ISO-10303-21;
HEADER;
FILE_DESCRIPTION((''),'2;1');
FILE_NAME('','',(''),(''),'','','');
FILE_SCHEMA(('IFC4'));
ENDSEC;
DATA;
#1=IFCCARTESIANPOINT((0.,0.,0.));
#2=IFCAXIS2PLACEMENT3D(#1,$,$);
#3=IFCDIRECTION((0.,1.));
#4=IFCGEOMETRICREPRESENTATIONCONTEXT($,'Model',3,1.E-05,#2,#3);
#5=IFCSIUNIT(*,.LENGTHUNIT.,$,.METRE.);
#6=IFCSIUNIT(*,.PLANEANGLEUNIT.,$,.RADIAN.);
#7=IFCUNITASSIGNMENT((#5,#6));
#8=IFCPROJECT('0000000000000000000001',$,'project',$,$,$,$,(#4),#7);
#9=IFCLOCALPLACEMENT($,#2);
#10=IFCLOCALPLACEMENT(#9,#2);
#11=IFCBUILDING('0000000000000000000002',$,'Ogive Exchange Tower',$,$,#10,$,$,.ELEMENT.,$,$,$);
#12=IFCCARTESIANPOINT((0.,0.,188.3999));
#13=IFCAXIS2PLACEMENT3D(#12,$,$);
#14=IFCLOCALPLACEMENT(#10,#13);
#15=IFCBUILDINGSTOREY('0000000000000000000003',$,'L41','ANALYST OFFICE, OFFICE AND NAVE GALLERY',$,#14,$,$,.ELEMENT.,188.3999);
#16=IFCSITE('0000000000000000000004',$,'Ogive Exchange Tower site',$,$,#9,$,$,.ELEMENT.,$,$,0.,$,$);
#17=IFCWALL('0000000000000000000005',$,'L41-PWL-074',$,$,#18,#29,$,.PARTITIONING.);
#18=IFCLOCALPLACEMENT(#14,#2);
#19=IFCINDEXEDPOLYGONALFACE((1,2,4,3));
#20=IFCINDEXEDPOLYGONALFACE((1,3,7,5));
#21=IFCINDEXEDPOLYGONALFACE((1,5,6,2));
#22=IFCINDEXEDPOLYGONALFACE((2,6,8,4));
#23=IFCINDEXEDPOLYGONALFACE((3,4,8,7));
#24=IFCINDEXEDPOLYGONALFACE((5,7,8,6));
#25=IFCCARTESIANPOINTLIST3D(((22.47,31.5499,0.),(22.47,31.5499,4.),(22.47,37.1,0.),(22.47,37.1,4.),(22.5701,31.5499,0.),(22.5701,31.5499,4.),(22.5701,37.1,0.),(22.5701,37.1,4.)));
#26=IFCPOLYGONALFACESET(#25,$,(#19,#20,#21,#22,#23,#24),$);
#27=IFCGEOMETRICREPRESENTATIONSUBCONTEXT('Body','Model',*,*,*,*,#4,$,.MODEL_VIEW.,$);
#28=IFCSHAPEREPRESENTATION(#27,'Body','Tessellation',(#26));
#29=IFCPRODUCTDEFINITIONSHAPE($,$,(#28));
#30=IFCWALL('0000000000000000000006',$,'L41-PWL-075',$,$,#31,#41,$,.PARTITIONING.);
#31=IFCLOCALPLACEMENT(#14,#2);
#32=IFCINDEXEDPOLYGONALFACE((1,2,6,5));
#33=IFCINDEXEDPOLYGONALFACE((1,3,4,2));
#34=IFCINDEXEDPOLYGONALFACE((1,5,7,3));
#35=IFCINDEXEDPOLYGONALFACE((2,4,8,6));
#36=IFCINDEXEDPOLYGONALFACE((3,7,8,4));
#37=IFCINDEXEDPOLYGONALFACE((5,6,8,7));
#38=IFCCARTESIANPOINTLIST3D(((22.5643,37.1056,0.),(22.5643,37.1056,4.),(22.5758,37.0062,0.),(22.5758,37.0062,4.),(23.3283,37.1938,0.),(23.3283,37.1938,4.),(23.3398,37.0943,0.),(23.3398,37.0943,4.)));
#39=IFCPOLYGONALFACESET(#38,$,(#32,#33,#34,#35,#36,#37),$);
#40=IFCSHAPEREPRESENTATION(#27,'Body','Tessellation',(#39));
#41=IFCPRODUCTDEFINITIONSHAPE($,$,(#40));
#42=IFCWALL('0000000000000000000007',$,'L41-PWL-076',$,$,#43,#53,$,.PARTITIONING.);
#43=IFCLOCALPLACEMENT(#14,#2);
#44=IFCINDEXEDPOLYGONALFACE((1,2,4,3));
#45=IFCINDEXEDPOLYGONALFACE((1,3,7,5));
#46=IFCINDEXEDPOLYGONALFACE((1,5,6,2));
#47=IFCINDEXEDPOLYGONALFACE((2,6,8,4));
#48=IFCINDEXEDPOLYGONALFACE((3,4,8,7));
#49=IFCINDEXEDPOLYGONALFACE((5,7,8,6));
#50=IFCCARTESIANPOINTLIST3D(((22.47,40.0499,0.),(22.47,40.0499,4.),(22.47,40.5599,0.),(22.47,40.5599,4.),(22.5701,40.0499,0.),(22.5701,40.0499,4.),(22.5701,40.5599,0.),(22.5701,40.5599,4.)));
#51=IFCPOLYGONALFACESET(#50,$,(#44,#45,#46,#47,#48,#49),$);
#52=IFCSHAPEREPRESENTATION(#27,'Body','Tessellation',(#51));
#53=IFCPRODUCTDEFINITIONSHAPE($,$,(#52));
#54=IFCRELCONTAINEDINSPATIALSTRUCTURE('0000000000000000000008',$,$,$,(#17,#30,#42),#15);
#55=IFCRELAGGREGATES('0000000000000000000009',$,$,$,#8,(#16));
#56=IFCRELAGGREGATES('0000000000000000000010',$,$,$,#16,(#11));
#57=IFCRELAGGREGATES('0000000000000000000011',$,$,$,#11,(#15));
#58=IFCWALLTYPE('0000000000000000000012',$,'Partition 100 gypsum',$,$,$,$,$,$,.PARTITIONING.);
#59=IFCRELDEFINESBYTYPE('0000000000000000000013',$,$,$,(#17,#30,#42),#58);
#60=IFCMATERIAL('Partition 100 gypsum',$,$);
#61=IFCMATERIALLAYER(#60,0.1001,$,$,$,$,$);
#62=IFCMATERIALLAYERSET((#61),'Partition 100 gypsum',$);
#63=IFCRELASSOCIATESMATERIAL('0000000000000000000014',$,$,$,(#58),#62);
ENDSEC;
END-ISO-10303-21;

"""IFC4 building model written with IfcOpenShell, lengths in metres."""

from ifc_helpers import new_model, si_unit, direction, frame, frame_2d, origin, place, context, subcontext, project, spatial, rectangle, extrude, material, layer, layer_set, type_object, element, save


model = new_model("IFC4")

# Units and contexts
model_context = context("Model", 3, precision=1e-05, world=origin(), true_north=direction((0.0, 1.0)))
body_context = subcontext(model_context, "Body", "Model", "MODEL_VIEW")
ifc_project = project(units=[si_unit("LENGTHUNIT", "METRE"), si_unit("PLANEANGLEUNIT", "RADIAN")], contexts=[model_context])

# Site, building, storey
site_placement = place(None, origin())
site = spatial("IfcSite", under=ifc_project, at=site_placement, Name="Ogive Exchange Tower site", CompositionType="ELEMENT", RefElevation=0.0)
building_placement = place(site_placement, origin())
building = spatial("IfcBuilding", under=site, at=building_placement, Name="Ogive Exchange Tower", CompositionType="ELEMENT")
storey_placement = place(building_placement, frame((0.0, 0.0, 188.3999)))
storey = spatial("IfcBuildingStorey", under=building, at=storey_placement, Name="L41", Description="ANALYST OFFICE, OFFICE AND NAVE GALLERY", CompositionType="ELEMENT", Elevation=188.3999)

# Walls
ifc_material_1 = material(Name="Partition 100 gypsum")
ifc_layer_1 = layer(ifc_material_1, 0.1001)
ifc_layer_set_1 = layer_set([ifc_layer_1], Name="Partition 100 gypsum")
wall_type_1 = type_object("IfcWallType", Name="Partition 100 gypsum", PredefinedType="PARTITIONING", material=ifc_layer_set_1)
wall_1_placement = place(storey_placement, frame((22.52, 31.55, 0.0), z_axis=(0.0, 0.0, 1.0), x_axis=(0.0, 1.0, 0.0)))
element("IfcWall", 1, at=wall_1_placement, inside=storey, type_object=wall_type_1, Name="L41-PWL-074", PredefinedType="PARTITIONING", context=body_context, shape_type="SweptSolid", body=[
    extrude(rectangle(XDim=5.55, YDim=0.1001, at=frame_2d((2.7749, 0.0))), origin(), (0.0, 0.0, 1.0), 4.0),
])
wall_2_placement = place(storey_placement, frame((22.5701, 37.0559, 0.0), z_axis=(0.0, 0.0, 1.0), x_axis=(0.99341, 0.114612, 0.0)))
element("IfcWall", 2, at=wall_2_placement, inside=storey, type_object=wall_type_1, Name="L41-PWL-075", PredefinedType="PARTITIONING", context=body_context, shape_type="SweptSolid", body=[
    extrude(rectangle(XDim=0.769, YDim=0.1001, at=frame_2d((0.3845, 0.0))), origin(), (0.0, 0.0, 1.0), 4.0),
])
wall_3_placement = place(storey_placement, frame((22.52, 40.05, 0.0), z_axis=(0.0, 0.0, 1.0), x_axis=(0.0, 1.0, 0.0)))
element("IfcWall", 3, at=wall_3_placement, inside=storey, type_object=wall_type_1, Name="L41-PWL-076", PredefinedType="PARTITIONING", context=body_context, shape_type="SweptSolid", body=[
    extrude(rectangle(XDim=0.51, YDim=0.1001, at=frame_2d((0.2549, 0.0))), origin(), (0.0, 0.0, 1.0), 4.0),
])

save(model, "model.ifc")
